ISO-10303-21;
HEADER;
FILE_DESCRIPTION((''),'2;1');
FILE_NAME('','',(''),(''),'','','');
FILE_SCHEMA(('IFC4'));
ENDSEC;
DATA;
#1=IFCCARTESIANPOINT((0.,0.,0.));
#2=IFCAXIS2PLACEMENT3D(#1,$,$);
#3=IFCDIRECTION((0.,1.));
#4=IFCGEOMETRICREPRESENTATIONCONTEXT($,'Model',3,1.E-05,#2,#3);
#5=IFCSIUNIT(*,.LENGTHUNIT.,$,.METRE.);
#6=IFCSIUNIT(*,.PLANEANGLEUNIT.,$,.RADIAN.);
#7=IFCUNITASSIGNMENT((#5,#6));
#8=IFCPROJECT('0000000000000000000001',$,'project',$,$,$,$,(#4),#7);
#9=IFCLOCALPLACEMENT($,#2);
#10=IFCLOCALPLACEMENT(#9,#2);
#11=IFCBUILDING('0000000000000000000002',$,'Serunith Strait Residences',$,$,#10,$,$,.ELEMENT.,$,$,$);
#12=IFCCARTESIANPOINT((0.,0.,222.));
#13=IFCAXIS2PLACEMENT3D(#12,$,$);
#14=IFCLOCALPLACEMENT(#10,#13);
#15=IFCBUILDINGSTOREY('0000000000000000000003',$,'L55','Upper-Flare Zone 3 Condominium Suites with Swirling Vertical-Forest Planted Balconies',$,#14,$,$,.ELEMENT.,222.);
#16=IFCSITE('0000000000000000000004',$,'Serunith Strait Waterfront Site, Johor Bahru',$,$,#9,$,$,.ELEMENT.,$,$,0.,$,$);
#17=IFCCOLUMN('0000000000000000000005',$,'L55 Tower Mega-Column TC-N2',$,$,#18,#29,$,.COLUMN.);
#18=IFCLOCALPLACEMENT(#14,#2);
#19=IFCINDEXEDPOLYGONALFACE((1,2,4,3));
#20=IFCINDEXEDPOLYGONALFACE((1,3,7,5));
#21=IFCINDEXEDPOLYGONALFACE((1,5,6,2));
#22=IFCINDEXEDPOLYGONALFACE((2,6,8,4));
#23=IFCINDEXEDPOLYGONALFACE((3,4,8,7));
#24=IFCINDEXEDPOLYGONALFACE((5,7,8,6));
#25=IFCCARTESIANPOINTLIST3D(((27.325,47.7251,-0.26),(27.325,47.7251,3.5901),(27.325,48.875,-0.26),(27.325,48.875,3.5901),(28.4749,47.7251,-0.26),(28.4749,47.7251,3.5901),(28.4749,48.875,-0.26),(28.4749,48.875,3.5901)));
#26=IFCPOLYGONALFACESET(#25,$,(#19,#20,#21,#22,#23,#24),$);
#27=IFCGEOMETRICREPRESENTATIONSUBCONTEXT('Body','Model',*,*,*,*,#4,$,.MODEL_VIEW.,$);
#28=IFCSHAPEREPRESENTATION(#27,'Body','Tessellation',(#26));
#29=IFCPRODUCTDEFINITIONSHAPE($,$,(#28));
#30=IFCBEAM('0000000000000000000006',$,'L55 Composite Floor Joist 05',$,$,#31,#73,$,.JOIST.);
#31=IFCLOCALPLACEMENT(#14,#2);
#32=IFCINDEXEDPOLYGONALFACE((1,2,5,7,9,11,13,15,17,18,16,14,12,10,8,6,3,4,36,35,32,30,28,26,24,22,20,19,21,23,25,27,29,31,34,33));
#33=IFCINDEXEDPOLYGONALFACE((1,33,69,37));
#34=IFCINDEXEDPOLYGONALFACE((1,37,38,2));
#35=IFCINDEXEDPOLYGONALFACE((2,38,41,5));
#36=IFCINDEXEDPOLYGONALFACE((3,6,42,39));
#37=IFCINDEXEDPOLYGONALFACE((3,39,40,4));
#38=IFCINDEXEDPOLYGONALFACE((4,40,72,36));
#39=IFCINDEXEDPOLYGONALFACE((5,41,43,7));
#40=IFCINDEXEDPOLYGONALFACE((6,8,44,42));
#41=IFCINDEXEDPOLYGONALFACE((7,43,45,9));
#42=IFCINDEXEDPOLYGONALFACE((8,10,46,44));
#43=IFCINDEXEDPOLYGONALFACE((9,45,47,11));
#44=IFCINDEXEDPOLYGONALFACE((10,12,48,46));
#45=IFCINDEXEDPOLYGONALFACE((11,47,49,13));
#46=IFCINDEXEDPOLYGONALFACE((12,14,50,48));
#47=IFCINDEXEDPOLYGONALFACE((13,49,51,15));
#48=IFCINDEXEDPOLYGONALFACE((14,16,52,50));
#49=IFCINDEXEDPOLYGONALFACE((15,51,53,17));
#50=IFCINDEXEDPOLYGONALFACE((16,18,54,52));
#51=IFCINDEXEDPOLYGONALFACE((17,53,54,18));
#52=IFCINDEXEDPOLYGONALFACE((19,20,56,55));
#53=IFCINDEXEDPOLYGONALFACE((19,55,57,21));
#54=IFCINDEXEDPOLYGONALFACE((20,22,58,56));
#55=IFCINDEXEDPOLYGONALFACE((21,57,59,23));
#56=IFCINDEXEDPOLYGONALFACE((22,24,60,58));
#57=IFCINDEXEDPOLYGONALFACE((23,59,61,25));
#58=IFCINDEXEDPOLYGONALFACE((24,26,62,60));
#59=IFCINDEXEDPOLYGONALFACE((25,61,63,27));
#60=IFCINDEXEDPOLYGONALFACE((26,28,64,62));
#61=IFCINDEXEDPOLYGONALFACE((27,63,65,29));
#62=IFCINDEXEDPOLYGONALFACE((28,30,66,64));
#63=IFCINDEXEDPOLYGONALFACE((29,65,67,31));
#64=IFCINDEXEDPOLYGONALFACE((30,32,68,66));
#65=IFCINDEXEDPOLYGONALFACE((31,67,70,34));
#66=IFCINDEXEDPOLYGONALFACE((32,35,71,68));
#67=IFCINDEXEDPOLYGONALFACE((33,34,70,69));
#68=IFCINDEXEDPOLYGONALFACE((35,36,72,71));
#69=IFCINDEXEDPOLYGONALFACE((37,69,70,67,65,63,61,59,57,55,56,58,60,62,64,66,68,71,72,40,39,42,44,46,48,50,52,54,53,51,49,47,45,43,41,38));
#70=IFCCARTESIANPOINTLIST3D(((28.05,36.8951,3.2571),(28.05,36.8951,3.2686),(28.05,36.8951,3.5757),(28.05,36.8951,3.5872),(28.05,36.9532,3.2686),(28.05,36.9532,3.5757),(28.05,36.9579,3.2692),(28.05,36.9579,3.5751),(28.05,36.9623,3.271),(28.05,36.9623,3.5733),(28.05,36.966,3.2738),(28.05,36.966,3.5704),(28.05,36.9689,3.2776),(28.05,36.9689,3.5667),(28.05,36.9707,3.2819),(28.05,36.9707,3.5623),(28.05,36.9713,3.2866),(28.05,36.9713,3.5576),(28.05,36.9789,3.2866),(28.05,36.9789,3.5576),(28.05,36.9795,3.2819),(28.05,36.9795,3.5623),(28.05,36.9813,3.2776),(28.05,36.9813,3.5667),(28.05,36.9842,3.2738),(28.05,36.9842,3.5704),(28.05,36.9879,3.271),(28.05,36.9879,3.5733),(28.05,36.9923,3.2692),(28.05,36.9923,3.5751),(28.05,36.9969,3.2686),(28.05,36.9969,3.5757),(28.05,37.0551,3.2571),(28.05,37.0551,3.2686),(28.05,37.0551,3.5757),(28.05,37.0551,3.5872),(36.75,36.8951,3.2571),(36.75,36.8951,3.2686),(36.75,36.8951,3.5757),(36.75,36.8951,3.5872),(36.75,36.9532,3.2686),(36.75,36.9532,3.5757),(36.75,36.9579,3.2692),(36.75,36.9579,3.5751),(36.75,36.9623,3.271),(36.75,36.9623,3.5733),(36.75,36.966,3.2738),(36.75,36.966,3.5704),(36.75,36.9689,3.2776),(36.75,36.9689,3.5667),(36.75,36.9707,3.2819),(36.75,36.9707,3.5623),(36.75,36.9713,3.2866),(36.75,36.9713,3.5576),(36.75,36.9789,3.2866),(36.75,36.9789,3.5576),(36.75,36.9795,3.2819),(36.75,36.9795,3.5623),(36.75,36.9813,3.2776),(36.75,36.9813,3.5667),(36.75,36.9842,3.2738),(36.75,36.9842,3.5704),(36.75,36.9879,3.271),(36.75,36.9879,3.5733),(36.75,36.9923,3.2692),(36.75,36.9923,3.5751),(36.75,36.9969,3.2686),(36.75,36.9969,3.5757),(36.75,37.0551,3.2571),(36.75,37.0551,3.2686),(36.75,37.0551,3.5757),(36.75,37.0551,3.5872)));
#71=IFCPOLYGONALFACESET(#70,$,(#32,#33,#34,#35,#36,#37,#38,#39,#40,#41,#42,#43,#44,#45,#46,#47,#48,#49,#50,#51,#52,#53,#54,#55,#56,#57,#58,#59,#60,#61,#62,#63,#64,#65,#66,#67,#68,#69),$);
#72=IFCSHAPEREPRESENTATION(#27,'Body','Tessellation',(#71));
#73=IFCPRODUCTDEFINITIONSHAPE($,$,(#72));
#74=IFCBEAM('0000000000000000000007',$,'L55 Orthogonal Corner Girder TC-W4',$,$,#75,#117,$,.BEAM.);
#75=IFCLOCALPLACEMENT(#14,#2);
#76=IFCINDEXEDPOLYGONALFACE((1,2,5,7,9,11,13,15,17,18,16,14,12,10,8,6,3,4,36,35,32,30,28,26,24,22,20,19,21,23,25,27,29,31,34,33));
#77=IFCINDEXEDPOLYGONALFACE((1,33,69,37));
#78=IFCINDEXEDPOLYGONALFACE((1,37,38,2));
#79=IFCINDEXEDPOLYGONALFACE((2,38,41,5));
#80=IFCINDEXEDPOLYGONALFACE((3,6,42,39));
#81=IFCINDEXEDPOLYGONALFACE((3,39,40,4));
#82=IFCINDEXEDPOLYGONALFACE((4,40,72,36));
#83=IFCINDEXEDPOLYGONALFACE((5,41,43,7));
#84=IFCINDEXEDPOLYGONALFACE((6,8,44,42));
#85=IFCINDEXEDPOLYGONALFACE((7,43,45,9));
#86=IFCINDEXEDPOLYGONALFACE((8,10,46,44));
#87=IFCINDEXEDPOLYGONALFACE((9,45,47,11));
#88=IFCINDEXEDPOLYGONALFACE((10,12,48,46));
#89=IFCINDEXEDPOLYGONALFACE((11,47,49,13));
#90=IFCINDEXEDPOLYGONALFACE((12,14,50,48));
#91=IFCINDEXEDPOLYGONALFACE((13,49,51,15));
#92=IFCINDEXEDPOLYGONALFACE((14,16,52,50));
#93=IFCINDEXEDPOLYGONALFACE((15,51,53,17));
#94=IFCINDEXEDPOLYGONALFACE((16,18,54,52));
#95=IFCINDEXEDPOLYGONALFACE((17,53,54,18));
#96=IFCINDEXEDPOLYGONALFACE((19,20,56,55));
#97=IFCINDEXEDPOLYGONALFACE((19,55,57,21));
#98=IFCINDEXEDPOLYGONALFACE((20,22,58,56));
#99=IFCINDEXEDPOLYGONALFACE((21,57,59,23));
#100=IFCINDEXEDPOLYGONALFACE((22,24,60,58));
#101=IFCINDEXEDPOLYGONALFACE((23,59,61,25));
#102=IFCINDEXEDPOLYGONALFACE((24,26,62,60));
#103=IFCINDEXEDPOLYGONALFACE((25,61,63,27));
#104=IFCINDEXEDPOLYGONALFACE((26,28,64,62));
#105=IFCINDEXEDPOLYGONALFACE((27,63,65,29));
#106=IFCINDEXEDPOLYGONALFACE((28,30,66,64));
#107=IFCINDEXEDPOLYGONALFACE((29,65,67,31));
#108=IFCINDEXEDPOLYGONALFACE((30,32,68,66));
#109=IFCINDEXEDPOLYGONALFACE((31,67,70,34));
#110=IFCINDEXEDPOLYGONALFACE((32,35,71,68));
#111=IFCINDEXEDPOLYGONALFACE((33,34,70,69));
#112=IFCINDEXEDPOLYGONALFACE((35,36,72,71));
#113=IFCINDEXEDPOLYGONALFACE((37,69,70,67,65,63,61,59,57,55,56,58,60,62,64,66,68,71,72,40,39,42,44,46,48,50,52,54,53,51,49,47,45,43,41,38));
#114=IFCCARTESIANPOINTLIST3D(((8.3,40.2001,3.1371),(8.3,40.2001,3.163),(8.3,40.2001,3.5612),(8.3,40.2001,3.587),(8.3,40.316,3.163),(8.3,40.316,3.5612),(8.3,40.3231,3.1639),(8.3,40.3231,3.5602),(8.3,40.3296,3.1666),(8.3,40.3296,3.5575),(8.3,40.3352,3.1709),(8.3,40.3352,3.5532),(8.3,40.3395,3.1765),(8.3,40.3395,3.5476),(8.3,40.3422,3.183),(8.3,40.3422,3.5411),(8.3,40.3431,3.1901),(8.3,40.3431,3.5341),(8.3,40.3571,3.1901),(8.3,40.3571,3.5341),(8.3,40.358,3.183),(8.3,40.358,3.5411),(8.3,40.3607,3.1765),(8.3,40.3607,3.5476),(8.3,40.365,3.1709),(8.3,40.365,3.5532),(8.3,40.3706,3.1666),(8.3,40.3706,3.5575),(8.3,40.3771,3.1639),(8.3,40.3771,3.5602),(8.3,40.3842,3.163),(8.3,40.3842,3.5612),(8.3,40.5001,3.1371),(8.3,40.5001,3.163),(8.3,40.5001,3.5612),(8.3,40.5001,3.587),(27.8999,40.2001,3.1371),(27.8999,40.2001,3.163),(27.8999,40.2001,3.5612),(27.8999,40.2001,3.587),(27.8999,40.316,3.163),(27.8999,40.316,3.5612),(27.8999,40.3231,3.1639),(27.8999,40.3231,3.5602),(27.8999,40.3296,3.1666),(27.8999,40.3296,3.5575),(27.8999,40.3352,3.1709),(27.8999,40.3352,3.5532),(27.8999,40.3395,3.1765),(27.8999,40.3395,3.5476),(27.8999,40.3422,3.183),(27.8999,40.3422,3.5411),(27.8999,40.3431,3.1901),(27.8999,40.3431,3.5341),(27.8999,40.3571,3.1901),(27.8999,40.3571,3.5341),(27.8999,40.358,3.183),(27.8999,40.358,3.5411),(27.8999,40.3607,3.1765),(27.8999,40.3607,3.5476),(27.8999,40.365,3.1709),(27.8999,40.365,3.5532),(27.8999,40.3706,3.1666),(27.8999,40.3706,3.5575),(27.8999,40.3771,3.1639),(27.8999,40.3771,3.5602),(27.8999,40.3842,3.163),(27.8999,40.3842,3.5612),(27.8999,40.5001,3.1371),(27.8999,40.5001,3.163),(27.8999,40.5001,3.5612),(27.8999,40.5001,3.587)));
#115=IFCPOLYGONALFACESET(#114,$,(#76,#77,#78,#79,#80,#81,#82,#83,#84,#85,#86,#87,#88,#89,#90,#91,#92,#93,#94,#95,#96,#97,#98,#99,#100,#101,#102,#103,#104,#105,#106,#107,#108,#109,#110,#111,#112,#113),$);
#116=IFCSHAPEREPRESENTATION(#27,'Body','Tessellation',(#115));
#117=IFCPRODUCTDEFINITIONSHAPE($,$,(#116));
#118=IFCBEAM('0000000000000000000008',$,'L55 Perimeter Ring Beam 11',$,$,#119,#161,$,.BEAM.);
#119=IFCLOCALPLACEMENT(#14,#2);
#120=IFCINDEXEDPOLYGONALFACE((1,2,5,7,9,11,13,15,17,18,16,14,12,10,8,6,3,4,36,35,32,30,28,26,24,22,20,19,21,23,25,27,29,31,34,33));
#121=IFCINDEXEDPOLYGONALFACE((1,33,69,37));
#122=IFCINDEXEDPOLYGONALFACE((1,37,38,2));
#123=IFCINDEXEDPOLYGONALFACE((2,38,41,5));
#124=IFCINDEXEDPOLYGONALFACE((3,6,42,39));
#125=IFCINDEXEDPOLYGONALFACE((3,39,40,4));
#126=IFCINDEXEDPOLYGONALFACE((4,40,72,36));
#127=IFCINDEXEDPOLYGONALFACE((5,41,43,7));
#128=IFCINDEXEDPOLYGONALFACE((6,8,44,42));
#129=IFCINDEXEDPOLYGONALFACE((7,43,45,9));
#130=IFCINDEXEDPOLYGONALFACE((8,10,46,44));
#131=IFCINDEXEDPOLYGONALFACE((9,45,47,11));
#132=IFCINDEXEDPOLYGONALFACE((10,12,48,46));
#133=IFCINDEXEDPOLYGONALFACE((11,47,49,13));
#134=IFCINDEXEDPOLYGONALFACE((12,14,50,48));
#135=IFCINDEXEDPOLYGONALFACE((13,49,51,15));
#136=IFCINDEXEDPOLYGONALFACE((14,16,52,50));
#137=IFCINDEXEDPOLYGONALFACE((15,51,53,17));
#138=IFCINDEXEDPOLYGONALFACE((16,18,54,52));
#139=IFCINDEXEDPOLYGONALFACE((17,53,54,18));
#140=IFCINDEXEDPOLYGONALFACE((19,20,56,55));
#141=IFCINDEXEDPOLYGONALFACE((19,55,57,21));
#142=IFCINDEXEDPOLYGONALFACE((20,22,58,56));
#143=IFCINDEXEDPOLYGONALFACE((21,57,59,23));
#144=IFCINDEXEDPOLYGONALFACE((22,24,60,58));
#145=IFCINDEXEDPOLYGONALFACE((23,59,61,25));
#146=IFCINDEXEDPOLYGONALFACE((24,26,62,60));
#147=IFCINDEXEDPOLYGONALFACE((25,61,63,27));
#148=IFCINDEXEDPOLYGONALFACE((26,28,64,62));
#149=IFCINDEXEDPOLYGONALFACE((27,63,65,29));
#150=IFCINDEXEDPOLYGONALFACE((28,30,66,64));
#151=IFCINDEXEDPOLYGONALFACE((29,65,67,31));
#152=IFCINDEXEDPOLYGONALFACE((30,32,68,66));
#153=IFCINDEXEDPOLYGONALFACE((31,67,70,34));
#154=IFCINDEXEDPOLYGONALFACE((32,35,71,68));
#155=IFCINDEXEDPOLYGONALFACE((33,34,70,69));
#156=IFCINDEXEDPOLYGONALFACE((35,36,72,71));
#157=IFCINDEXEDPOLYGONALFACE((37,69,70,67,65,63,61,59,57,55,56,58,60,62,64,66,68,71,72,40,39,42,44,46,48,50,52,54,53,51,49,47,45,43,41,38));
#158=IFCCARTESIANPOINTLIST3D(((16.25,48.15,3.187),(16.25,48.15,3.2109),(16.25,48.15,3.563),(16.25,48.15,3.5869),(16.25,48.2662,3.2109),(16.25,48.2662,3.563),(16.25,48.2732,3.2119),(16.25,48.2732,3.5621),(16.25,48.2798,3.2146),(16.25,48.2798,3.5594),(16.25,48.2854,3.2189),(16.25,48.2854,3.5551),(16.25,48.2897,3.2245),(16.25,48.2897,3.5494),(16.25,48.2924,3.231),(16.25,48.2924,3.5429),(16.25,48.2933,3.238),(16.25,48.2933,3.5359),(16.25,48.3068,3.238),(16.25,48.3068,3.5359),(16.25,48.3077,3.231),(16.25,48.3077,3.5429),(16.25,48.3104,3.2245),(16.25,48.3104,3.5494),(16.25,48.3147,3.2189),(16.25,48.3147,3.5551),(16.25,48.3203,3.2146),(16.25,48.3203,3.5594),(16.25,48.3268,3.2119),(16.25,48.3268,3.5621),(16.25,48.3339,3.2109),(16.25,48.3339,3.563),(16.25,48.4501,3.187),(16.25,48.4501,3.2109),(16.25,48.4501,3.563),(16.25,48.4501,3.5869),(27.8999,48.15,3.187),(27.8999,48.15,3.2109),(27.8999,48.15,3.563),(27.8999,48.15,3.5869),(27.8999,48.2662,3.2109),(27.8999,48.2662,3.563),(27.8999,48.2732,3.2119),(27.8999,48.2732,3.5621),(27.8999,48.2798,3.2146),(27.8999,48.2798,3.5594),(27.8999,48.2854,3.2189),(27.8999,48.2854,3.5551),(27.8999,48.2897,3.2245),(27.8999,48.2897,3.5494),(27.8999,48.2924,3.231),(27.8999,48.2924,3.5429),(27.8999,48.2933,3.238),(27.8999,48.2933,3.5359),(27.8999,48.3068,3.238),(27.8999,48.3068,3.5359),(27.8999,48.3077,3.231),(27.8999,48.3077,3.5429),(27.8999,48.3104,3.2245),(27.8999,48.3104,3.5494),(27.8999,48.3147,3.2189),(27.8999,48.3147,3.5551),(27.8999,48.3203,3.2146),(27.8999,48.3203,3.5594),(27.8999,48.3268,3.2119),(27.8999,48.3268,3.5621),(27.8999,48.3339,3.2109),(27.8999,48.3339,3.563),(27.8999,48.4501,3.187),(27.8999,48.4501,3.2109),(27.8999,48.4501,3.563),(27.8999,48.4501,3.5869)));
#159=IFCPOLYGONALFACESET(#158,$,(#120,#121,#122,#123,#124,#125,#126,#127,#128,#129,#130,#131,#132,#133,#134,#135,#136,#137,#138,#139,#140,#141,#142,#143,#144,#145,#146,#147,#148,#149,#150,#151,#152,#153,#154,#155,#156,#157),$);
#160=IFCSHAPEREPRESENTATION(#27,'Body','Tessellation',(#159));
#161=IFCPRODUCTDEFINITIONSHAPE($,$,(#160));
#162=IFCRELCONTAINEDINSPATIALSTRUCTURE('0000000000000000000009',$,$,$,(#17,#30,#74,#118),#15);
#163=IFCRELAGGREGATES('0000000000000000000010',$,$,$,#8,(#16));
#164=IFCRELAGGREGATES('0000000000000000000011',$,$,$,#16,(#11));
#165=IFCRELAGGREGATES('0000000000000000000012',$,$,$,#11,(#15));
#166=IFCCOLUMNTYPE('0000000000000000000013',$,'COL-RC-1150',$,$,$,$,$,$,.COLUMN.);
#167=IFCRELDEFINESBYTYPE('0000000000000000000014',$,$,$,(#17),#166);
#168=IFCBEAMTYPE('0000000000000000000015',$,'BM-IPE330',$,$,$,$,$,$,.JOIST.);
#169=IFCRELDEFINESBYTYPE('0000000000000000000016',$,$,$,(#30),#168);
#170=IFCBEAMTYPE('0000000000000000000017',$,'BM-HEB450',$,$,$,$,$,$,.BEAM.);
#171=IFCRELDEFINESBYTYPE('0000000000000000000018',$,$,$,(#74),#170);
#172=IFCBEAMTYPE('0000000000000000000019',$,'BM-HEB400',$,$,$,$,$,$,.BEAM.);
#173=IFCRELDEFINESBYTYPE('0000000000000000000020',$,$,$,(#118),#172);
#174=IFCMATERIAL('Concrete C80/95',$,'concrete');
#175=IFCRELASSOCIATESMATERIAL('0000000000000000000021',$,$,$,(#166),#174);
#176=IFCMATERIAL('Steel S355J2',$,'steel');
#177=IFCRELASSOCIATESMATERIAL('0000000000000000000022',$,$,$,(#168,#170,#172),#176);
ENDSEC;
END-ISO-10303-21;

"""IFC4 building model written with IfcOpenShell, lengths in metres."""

from ifc_helpers import new_model, si_unit, direction, frame, origin, origin_2d, place, context, subcontext, project, spatial, rectangle, i_section, extrude, source, transform, mapped, material, material_profile, profile_set, type_object, element, save


model = new_model("IFC4")

# Units and contexts
model_context = context("Model", 3, precision=1e-05, world=origin(), true_north=direction((0.0, 1.0)))
body_context = subcontext(model_context, "Body", "Model", "MODEL_VIEW")
ifc_project = project(units=[si_unit("LENGTHUNIT", "METRE"), si_unit("PLANEANGLEUNIT", "RADIAN")], contexts=[model_context])

# Site, building, storey
site_placement = place(None, origin())
site = spatial("IfcSite", under=ifc_project, at=site_placement, Name="Serunith Strait Waterfront Site, Johor Bahru", CompositionType="ELEMENT", RefElevation=0.0)
building_placement = place(site_placement, origin())
building = spatial("IfcBuilding", under=site, at=building_placement, Name="Serunith Strait Residences", CompositionType="ELEMENT")
storey_placement = place(building_placement, frame((0.0, 0.0, 222.0)))
storey = spatial("IfcBuildingStorey", under=building, at=storey_placement, Name="L55", Description="Upper-Flare Zone 3 Condominium Suites with Swirling Vertical-Forest Planted Balconies", CompositionType="ELEMENT", Elevation=222.0)

# Column
ifc_material_1 = material(Name="Concrete C80/95", Category="concrete")
ifc_material_profile_1 = material_profile(ifc_material_1, rectangle(XDim=1.1499, YDim=1.1499, at=origin_2d()), Name="RC 1150x1150")
ifc_profile_set_1 = profile_set([ifc_material_profile_1], Name="Concrete C80/95")
column_type = type_object("IfcColumnType", Name="COL-RC-1150", PredefinedType="COLUMN", material=ifc_profile_set_1)
shared_shape_1 = source(origin(), body_context, "Body", "SweptSolid", [
    extrude(rectangle(XDim=1.1499, YDim=1.1499, at=origin_2d()), origin(), (0.0, 0.0, 1.0), 3.8501),
])
column_placement = place(storey_placement, frame((27.8999, 48.3, -0.26), z_axis=(0.0, 0.0, 1.0), x_axis=(1.0, 0.0, 0.0)))
element("IfcColumn", 1, at=column_placement, inside=storey, type_object=column_type, Name="L55 Tower Mega-Column TC-N2", PredefinedType="COLUMN", context=body_context, shape_type="MappedRepresentation", body=[
    mapped(shared_shape_1, transform((0.0, 0.0, 0.0), scale=1.0)),
])

# Beams
ifc_material_2 = material(Name="Steel S355J2", Category="steel")
ifc_material_profile_2 = material_profile(ifc_material_2, i_section(OverallWidth=0.1599, OverallDepth=0.3301, WebThickness=0.0076, FlangeThickness=0.0115, FilletRadius=0.0181, at=origin_2d()), Name="IPE 330")
ifc_profile_set_2 = profile_set([ifc_material_profile_2], Name="Steel S355J2")
beam_type_1 = type_object("IfcBeamType", Name="BM-IPE330", PredefinedType="JOIST", material=ifc_profile_set_2)
shared_shape_2 = source(origin(), body_context, "Body", "SweptSolid", [
    extrude(i_section(OverallWidth=0.1599, OverallDepth=0.3301, WebThickness=0.0076, FlangeThickness=0.0115, FilletRadius=0.0181, at=origin_2d()), origin(), (0.0, 0.0, 1.0), 8.7),
])
beam_1_placement = place(storey_placement, frame((28.05, 36.9751, 3.4221), z_axis=(1.0, 0.0, 0.0), x_axis=(0.0, 1.0, 0.0)))
element("IfcBeam", 2, at=beam_1_placement, inside=storey, type_object=beam_type_1, Name="L55 Composite Floor Joist 05", PredefinedType="JOIST", context=body_context, shape_type="MappedRepresentation", body=[
    mapped(shared_shape_2, transform((0.0, 0.0, 0.0), scale=1.0)),
])
ifc_material_profile_3 = material_profile(ifc_material_2, i_section(OverallWidth=0.3, OverallDepth=0.45, WebThickness=0.0139, FlangeThickness=0.0259, FilletRadius=0.0271, at=origin_2d()), Name="HEB 450")
ifc_profile_set_3 = profile_set([ifc_material_profile_3], Name="Steel S355J2")
beam_type_2 = type_object("IfcBeamType", Name="BM-HEB450", PredefinedType="BEAM", material=ifc_profile_set_3)
shared_shape_3 = source(origin(), body_context, "Body", "SweptSolid", [
    extrude(i_section(OverallWidth=0.3, OverallDepth=0.45, WebThickness=0.0139, FlangeThickness=0.0259, FilletRadius=0.0271, at=origin_2d()), origin(), (0.0, 0.0, 1.0), 19.5999),
])
beam_2_placement = place(storey_placement, frame((27.8999, 40.3501, 3.3621), z_axis=(-1.0, 0.0, 0.0), x_axis=(0.0, -1.0, 0.0)))
element("IfcBeam", 3, at=beam_2_placement, inside=storey, type_object=beam_type_2, Name="L55 Orthogonal Corner Girder TC-W4", PredefinedType="BEAM", context=body_context, shape_type="MappedRepresentation", body=[
    mapped(shared_shape_3, transform((0.0, 0.0, 0.0), scale=1.0)),
])
ifc_material_profile_4 = material_profile(ifc_material_2, i_section(OverallWidth=0.3, OverallDepth=0.3999, WebThickness=0.0134, FlangeThickness=0.0239, FilletRadius=0.0271, at=origin_2d()), Name="HEB 400")
ifc_profile_set_4 = profile_set([ifc_material_profile_4], Name="Steel S355J2")
beam_type_3 = type_object("IfcBeamType", Name="BM-HEB400", PredefinedType="BEAM", material=ifc_profile_set_4)
shared_shape_4 = source(origin(), body_context, "Body", "SweptSolid", [
    extrude(i_section(OverallWidth=0.3, OverallDepth=0.3999, WebThickness=0.0134, FlangeThickness=0.0239, FilletRadius=0.0271, at=origin_2d()), origin(), (0.0, 0.0, 1.0), 11.6499),
])
beam_3_placement = place(storey_placement, frame((27.8999, 48.3, 3.387), z_axis=(-1.0, 0.0, 0.0), x_axis=(0.0, -1.0, 0.0)))
element("IfcBeam", 4, at=beam_3_placement, inside=storey, type_object=beam_type_3, Name="L55 Perimeter Ring Beam 11", PredefinedType="BEAM", context=body_context, shape_type="MappedRepresentation", body=[
    mapped(shared_shape_4, transform((0.0, 0.0, 0.0), scale=1.0)),
])

save(model, "model.ifc")
